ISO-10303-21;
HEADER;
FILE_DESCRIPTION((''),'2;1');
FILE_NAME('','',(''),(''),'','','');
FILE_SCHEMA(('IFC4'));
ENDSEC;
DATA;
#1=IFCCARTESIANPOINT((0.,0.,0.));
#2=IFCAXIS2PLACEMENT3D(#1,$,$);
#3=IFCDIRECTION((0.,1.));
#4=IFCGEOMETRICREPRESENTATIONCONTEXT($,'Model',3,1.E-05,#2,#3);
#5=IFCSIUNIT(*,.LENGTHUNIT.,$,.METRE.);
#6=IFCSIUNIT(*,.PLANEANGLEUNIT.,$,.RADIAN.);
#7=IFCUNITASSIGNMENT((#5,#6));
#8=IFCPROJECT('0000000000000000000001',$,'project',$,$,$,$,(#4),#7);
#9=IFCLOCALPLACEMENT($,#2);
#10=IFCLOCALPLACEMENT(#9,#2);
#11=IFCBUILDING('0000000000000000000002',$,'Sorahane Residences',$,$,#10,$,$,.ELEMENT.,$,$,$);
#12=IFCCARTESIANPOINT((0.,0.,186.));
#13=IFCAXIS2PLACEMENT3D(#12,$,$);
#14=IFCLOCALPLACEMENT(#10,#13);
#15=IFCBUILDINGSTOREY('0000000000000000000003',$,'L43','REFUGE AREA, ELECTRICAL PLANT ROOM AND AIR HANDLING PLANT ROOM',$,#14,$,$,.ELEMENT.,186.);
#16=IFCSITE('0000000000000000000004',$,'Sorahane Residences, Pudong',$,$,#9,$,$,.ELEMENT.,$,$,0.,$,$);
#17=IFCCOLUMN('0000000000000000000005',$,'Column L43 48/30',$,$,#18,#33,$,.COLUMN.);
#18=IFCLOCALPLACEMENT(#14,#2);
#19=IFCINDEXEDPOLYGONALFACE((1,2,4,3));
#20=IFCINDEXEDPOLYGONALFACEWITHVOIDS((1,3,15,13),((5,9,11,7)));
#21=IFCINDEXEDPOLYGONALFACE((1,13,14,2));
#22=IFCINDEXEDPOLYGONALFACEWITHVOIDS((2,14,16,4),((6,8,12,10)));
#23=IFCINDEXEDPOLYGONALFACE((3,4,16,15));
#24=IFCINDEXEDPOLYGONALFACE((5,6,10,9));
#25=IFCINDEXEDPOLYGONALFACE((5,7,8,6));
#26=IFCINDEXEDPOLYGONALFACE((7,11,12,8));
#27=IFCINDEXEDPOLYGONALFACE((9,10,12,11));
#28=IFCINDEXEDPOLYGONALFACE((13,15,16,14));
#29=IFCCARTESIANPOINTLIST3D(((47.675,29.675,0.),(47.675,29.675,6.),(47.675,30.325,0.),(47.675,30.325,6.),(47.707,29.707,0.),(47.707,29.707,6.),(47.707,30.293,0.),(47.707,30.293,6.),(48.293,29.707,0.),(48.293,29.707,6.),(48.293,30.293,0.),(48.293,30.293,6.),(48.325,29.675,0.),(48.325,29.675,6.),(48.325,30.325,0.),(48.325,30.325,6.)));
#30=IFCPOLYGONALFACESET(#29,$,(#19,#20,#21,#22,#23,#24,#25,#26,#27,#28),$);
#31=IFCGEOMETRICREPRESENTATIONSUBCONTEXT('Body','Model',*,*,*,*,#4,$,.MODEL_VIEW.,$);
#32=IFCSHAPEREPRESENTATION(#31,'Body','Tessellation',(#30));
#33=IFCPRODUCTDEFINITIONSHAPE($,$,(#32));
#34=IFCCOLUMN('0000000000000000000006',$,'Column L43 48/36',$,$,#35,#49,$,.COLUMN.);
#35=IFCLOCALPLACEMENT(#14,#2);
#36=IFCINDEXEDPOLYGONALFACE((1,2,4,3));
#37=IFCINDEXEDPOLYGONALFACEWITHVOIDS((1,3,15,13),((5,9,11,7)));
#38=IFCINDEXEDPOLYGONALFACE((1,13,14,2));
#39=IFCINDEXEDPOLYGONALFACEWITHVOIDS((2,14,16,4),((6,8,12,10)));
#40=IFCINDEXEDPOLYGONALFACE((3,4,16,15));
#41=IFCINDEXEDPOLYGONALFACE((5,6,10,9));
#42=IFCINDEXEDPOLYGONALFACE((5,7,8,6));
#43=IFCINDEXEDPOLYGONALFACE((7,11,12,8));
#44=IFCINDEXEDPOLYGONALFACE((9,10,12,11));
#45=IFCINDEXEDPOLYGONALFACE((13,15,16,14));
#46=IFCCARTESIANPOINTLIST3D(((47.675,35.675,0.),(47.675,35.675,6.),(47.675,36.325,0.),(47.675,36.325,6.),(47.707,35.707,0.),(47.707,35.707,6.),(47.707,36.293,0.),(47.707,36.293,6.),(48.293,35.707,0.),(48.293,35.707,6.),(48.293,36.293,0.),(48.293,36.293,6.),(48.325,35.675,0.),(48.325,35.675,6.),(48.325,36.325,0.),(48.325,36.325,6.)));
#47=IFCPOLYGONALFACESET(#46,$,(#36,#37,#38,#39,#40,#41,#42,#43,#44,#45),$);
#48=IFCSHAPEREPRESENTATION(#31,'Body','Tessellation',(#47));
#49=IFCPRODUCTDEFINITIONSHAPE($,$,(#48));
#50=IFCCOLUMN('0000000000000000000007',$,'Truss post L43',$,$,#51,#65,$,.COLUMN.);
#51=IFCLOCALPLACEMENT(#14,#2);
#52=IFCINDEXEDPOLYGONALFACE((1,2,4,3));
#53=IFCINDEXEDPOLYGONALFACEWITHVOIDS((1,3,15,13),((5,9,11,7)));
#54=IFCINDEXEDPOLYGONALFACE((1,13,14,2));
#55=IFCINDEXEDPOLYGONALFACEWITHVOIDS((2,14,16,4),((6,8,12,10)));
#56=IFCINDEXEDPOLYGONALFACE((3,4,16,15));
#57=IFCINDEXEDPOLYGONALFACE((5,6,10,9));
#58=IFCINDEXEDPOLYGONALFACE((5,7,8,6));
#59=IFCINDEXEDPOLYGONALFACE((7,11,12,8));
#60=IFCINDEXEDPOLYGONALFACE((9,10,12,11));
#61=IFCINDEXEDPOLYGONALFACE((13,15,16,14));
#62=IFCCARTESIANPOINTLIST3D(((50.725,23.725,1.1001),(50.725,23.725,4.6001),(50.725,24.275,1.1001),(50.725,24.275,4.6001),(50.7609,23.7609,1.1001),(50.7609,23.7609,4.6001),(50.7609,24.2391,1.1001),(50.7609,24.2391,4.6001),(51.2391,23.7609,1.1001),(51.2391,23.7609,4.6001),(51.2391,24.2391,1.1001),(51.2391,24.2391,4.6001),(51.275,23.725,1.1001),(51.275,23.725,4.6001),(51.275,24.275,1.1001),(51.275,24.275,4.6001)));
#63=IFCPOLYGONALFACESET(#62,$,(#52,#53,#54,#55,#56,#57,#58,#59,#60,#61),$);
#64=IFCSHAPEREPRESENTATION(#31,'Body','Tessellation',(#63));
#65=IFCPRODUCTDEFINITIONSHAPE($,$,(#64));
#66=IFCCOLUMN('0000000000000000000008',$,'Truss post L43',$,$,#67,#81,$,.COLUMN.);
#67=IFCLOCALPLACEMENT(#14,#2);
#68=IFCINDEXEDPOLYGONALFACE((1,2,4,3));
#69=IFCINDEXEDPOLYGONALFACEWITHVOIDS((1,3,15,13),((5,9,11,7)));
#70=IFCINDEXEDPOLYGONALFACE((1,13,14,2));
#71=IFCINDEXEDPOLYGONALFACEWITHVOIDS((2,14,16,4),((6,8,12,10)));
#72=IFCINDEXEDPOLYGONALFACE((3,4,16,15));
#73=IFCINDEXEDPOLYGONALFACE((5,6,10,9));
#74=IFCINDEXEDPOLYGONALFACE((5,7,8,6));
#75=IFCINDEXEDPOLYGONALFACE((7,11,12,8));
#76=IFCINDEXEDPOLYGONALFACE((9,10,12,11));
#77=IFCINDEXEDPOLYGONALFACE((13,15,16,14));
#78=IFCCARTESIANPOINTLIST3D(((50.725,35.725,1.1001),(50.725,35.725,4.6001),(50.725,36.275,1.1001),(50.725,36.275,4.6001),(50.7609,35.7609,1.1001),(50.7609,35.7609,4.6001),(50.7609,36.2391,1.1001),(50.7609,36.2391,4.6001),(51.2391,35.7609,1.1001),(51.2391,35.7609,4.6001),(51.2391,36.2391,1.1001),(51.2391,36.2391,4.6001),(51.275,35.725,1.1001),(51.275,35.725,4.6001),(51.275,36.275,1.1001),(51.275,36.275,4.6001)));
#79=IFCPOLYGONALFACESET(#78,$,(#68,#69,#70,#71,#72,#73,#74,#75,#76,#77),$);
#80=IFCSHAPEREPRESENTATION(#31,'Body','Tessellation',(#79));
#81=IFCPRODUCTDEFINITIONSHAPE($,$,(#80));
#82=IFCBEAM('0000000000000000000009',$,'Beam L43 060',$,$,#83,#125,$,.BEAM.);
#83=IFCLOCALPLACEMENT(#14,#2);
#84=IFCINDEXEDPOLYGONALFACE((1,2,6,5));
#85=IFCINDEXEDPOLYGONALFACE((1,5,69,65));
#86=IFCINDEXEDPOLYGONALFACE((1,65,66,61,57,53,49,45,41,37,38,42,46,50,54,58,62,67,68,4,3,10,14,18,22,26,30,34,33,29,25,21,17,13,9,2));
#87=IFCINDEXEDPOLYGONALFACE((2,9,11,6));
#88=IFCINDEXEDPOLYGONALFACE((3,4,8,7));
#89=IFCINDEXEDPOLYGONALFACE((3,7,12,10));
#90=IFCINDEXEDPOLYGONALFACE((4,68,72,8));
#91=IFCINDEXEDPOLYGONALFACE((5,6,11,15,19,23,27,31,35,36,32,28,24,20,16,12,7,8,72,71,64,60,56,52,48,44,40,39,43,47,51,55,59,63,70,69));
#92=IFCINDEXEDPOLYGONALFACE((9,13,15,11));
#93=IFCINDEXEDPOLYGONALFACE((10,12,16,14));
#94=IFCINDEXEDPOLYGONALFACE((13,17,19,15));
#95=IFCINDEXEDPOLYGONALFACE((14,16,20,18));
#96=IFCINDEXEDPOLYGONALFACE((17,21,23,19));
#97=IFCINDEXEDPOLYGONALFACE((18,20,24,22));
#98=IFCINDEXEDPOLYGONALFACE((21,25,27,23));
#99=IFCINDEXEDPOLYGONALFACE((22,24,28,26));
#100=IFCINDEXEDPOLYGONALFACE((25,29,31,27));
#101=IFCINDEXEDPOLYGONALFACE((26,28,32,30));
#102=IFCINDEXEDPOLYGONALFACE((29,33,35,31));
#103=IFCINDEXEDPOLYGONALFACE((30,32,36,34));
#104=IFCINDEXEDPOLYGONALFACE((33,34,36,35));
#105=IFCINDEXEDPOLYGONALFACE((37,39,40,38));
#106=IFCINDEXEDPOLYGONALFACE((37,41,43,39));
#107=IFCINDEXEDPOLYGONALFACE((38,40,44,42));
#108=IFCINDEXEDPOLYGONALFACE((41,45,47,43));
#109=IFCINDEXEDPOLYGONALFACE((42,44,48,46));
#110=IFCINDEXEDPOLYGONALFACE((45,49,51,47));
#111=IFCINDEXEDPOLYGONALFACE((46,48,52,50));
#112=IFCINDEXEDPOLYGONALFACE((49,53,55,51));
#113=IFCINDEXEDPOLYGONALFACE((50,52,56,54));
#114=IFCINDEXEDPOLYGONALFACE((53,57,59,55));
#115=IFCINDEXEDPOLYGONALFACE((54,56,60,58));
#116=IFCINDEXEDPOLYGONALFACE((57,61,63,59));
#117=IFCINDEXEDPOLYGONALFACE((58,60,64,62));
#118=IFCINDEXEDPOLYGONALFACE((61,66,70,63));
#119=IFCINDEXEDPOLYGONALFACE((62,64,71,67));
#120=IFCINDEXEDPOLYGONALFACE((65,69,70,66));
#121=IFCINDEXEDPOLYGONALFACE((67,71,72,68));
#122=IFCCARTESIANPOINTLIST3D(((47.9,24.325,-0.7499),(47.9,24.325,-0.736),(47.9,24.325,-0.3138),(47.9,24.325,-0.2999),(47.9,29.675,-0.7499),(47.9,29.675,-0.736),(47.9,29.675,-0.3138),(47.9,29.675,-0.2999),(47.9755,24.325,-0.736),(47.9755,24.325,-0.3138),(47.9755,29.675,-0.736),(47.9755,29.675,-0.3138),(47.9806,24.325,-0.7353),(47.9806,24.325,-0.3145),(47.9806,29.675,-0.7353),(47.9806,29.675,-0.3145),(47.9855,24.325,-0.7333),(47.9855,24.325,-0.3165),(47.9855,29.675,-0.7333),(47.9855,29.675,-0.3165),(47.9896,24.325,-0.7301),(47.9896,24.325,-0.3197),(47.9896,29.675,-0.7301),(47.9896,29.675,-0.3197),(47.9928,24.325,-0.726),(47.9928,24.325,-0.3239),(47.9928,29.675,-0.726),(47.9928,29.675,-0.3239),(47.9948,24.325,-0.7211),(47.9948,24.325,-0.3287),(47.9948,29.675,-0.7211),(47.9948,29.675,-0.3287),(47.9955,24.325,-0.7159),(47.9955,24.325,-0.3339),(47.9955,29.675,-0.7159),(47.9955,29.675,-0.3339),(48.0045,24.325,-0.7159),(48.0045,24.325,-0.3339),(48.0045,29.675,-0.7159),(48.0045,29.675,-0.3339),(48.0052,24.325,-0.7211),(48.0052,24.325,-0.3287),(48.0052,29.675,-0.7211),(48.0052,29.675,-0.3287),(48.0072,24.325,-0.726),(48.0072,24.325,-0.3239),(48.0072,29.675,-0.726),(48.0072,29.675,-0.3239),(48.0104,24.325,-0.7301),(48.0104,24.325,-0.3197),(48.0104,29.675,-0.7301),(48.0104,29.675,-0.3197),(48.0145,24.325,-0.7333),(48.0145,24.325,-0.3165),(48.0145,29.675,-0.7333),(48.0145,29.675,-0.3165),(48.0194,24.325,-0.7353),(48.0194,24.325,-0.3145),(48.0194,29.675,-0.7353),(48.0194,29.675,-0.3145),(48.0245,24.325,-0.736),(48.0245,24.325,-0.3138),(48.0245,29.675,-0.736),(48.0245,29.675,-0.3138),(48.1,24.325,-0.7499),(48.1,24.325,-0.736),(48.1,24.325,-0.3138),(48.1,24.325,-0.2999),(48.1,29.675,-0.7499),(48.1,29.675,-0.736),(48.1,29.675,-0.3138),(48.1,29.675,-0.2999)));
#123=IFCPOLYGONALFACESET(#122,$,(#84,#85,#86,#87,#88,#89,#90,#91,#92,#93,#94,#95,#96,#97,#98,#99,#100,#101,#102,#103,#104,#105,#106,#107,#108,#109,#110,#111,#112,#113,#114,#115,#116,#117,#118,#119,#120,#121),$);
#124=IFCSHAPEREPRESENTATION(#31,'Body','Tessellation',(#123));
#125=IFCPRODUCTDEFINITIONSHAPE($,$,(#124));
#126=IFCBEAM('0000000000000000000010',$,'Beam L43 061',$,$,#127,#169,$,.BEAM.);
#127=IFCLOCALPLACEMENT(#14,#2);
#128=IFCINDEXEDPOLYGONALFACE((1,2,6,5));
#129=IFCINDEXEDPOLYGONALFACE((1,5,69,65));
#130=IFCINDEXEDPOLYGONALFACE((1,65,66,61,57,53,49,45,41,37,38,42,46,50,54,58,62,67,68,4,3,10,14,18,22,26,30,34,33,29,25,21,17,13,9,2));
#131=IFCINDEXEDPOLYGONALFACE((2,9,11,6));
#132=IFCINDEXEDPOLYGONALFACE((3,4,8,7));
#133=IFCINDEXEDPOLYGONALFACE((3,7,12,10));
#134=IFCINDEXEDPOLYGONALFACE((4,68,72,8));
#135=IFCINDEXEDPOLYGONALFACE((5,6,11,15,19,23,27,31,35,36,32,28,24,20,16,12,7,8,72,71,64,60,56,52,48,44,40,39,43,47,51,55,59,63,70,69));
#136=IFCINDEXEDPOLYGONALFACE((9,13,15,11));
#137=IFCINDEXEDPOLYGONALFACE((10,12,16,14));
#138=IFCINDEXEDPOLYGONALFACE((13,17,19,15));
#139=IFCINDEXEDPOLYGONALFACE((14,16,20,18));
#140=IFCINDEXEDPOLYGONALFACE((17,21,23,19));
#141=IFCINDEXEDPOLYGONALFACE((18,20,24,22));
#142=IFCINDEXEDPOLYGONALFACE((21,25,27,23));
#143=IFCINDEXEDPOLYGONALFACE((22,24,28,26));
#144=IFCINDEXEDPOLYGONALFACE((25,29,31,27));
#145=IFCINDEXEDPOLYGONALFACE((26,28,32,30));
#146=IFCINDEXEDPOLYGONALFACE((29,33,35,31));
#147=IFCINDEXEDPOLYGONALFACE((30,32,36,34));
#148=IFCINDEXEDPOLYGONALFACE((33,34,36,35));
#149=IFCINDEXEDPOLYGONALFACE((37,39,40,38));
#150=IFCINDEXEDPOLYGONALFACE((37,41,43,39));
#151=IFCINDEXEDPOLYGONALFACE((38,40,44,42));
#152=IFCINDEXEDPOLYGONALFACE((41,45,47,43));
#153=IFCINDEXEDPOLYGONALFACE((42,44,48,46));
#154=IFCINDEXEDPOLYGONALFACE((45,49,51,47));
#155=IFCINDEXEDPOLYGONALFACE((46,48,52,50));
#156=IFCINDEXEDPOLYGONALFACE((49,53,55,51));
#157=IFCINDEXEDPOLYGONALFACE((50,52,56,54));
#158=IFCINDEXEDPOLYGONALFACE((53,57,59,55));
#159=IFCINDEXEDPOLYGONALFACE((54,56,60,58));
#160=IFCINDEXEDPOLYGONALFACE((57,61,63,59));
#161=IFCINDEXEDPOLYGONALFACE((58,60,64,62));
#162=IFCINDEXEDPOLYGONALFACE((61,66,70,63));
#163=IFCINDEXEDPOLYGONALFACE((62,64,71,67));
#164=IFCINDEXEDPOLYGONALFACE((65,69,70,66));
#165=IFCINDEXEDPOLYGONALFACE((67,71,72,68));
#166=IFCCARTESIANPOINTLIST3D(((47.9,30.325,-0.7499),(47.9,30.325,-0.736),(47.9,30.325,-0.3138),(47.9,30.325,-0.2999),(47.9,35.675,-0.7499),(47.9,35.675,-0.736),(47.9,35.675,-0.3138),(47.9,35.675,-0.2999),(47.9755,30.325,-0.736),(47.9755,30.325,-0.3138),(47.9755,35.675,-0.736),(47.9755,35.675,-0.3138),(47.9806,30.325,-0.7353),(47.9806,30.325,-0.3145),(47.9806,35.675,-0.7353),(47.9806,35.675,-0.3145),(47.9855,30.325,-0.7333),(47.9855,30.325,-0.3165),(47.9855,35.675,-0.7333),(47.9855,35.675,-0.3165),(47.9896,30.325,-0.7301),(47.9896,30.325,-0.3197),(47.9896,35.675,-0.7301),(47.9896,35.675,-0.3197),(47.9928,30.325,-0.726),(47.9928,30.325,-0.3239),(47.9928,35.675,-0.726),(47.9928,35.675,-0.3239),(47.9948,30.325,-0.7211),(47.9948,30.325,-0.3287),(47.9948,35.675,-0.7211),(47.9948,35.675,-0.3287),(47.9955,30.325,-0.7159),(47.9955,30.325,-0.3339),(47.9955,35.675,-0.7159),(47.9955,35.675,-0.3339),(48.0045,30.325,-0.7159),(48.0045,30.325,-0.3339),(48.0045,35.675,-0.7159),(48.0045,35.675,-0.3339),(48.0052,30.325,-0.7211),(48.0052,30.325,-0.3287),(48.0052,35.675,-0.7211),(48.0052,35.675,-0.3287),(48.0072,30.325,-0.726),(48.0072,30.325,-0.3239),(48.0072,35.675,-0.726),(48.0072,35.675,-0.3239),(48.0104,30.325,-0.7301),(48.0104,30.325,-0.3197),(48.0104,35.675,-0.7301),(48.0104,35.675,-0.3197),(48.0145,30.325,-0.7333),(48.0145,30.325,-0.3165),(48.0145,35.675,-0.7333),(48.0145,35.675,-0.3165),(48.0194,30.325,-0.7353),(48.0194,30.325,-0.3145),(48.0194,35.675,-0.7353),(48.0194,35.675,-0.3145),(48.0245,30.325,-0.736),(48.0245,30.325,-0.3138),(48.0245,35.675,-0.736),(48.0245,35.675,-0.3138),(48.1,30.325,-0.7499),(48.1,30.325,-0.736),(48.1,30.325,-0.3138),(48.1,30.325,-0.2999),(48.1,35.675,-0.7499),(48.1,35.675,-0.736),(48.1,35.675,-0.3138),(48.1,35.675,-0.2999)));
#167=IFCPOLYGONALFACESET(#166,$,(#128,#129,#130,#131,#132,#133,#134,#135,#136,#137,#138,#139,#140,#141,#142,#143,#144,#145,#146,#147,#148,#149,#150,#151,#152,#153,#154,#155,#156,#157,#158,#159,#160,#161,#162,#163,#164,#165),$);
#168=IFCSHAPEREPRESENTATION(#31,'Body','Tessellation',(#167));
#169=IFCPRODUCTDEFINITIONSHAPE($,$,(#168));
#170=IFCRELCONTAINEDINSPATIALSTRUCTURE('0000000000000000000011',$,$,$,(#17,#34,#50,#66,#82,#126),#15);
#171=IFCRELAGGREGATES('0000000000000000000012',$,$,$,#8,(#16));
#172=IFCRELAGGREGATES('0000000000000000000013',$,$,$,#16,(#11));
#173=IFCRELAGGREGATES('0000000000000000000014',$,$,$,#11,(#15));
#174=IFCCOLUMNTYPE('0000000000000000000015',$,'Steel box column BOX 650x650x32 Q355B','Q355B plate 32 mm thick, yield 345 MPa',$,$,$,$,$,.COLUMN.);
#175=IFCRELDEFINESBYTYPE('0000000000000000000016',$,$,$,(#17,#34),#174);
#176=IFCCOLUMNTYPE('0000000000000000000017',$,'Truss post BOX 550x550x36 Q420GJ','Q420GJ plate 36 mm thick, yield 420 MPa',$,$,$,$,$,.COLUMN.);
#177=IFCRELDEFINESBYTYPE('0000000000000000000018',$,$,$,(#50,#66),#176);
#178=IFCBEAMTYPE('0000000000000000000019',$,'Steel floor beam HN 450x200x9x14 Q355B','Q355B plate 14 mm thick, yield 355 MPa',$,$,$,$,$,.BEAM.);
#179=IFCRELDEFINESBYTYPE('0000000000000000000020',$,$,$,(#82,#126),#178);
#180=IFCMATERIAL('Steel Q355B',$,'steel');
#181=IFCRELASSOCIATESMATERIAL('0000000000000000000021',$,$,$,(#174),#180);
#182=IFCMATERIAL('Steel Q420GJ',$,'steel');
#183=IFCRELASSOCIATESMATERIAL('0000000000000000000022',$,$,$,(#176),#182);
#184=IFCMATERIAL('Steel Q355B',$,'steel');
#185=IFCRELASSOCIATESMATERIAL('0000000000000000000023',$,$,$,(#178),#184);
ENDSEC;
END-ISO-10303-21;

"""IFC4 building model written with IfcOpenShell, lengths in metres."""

from ifc_helpers import new_model, si_unit, direction, frame, origin, origin_2d, place, context, subcontext, project, spatial, hollow_rectangle, i_section, extrude, material, material_profile, profile_set, type_object, element, save


model = new_model("IFC4")

# Units and contexts
model_context = context("Model", 3, precision=1e-05, world=origin(), true_north=direction((0.0, 1.0)))
body_context = subcontext(model_context, "Body", "Model", "MODEL_VIEW")
ifc_project = project(units=[si_unit("LENGTHUNIT", "METRE"), si_unit("PLANEANGLEUNIT", "RADIAN")], contexts=[model_context])

# Site, building, storey
site_placement = place(None, origin())
site = spatial("IfcSite", under=ifc_project, at=site_placement, Name="Sorahane Residences, Pudong", CompositionType="ELEMENT", RefElevation=0.0)
building_placement = place(site_placement, origin())
building = spatial("IfcBuilding", under=site, at=building_placement, Name="Sorahane Residences", CompositionType="ELEMENT")
storey_placement = place(building_placement, frame((0.0, 0.0, 186.0)))
storey = spatial("IfcBuildingStorey", under=building, at=storey_placement, Name="L43", Description="REFUGE AREA, ELECTRICAL PLANT ROOM AND AIR HANDLING PLANT ROOM", CompositionType="ELEMENT", Elevation=186.0)

# Columns
ifc_material_1 = material(Name="Steel Q355B", Category="steel")
ifc_material_profile_1 = material_profile(ifc_material_1, hollow_rectangle(XDim=0.6499, YDim=0.6499, WallThickness=0.032, at=origin_2d()), Name="BOX 650x650x32")
ifc_profile_set_1 = profile_set([ifc_material_profile_1], Name="Steel Q355B")
column_type_1 = type_object("IfcColumnType", Name="Steel box column BOX 650x650x32 Q355B", Description="Q355B plate 32 mm thick, yield 345 MPa", PredefinedType="COLUMN", material=ifc_profile_set_1)
for number, where, z_axis, x_axis, name in (
    (1, (48.0, 30.0, 0.0), (0.0, 0.0, 1.0), (1.0, 0.0, 0.0), "Column L43 48/30"),
    (2, (48.0, 36.0, 0.0), (0.0, 0.0, 1.0), (1.0, 0.0, 0.0), "Column L43 48/36"),
):
    element("IfcColumn", number, at=place(storey_placement, frame(where, z_axis=z_axis, x_axis=x_axis)), inside=storey, type_object=column_type_1, Name=name, PredefinedType="COLUMN", context=body_context, shape_type="SweptSolid", body=[
        extrude(hollow_rectangle(XDim=0.6499, YDim=0.6499, WallThickness=0.032, at=origin_2d()), origin(), (0.0, 0.0, 1.0), 6.0),
    ])
ifc_material_2 = material(Name="Steel Q420GJ", Category="steel")
ifc_material_profile_2 = material_profile(ifc_material_2, hollow_rectangle(XDim=0.55, YDim=0.55, WallThickness=0.0359, at=origin_2d()), Name="BOX 550x550x36")
ifc_profile_set_2 = profile_set([ifc_material_profile_2], Name="Steel Q420GJ")
column_type_2 = type_object("IfcColumnType", Name="Truss post BOX 550x550x36 Q420GJ", Description="Q420GJ plate 36 mm thick, yield 420 MPa", PredefinedType="COLUMN", material=ifc_profile_set_2)
for number, where, z_axis, x_axis, name in (
    (3, (51.0, 24.0, 1.1001), (0.0, 0.0, 1.0), (1.0, 0.0, 0.0), "Truss post L43"),
    (4, (51.0, 36.0, 1.1001), (0.0, 0.0, 1.0), (1.0, 0.0, 0.0), "Truss post L43"),
):
    element("IfcColumn", number, at=place(storey_placement, frame(where, z_axis=z_axis, x_axis=x_axis)), inside=storey, type_object=column_type_2, Name=name, PredefinedType="COLUMN", context=body_context, shape_type="SweptSolid", body=[
        extrude(hollow_rectangle(XDim=0.55, YDim=0.55, WallThickness=0.0359, at=origin_2d()), origin(), (0.0, 0.0, 1.0), 3.5),
    ])

# Beams
ifc_material_3 = material(Name="Steel Q355B", Category="steel")
ifc_material_profile_3 = material_profile(ifc_material_3, i_section(OverallWidth=0.2, OverallDepth=0.45, WebThickness=0.009, FlangeThickness=0.0139, FilletRadius=0.02, at=origin_2d()), Name="HN 450x200x9x14")
ifc_profile_set_3 = profile_set([ifc_material_profile_3], Name="Steel Q355B")
beam_type_1 = type_object("IfcBeamType", Name="Steel floor beam HN 450x200x9x14 Q355B", Description="Q355B plate 14 mm thick, yield 355 MPa", PredefinedType="BEAM", material=ifc_profile_set_3)
for number, where, z_axis, x_axis, name in (
    (5, (48.0, 24.325, -0.5249), (0.0, 1.0, 0.0), (-1.0, 0.0, 0.0), "Beam L43 060"),
    (6, (48.0, 30.325, -0.5249), (0.0, 1.0, 0.0), (-1.0, 0.0, 0.0), "Beam L43 061"),
):
    element("IfcBeam", number, at=place(storey_placement, frame(where, z_axis=z_axis, x_axis=x_axis)), inside=storey, type_object=beam_type_1, Name=name, PredefinedType="BEAM", context=body_context, shape_type="SweptSolid", body=[
        extrude(i_section(OverallWidth=0.2, OverallDepth=0.45, WebThickness=0.009, FlangeThickness=0.0139, FilletRadius=0.02, at=origin_2d()), origin(), (0.0, 0.0, 1.0), 5.3501),
    ])

save(model, "model.ifc")
